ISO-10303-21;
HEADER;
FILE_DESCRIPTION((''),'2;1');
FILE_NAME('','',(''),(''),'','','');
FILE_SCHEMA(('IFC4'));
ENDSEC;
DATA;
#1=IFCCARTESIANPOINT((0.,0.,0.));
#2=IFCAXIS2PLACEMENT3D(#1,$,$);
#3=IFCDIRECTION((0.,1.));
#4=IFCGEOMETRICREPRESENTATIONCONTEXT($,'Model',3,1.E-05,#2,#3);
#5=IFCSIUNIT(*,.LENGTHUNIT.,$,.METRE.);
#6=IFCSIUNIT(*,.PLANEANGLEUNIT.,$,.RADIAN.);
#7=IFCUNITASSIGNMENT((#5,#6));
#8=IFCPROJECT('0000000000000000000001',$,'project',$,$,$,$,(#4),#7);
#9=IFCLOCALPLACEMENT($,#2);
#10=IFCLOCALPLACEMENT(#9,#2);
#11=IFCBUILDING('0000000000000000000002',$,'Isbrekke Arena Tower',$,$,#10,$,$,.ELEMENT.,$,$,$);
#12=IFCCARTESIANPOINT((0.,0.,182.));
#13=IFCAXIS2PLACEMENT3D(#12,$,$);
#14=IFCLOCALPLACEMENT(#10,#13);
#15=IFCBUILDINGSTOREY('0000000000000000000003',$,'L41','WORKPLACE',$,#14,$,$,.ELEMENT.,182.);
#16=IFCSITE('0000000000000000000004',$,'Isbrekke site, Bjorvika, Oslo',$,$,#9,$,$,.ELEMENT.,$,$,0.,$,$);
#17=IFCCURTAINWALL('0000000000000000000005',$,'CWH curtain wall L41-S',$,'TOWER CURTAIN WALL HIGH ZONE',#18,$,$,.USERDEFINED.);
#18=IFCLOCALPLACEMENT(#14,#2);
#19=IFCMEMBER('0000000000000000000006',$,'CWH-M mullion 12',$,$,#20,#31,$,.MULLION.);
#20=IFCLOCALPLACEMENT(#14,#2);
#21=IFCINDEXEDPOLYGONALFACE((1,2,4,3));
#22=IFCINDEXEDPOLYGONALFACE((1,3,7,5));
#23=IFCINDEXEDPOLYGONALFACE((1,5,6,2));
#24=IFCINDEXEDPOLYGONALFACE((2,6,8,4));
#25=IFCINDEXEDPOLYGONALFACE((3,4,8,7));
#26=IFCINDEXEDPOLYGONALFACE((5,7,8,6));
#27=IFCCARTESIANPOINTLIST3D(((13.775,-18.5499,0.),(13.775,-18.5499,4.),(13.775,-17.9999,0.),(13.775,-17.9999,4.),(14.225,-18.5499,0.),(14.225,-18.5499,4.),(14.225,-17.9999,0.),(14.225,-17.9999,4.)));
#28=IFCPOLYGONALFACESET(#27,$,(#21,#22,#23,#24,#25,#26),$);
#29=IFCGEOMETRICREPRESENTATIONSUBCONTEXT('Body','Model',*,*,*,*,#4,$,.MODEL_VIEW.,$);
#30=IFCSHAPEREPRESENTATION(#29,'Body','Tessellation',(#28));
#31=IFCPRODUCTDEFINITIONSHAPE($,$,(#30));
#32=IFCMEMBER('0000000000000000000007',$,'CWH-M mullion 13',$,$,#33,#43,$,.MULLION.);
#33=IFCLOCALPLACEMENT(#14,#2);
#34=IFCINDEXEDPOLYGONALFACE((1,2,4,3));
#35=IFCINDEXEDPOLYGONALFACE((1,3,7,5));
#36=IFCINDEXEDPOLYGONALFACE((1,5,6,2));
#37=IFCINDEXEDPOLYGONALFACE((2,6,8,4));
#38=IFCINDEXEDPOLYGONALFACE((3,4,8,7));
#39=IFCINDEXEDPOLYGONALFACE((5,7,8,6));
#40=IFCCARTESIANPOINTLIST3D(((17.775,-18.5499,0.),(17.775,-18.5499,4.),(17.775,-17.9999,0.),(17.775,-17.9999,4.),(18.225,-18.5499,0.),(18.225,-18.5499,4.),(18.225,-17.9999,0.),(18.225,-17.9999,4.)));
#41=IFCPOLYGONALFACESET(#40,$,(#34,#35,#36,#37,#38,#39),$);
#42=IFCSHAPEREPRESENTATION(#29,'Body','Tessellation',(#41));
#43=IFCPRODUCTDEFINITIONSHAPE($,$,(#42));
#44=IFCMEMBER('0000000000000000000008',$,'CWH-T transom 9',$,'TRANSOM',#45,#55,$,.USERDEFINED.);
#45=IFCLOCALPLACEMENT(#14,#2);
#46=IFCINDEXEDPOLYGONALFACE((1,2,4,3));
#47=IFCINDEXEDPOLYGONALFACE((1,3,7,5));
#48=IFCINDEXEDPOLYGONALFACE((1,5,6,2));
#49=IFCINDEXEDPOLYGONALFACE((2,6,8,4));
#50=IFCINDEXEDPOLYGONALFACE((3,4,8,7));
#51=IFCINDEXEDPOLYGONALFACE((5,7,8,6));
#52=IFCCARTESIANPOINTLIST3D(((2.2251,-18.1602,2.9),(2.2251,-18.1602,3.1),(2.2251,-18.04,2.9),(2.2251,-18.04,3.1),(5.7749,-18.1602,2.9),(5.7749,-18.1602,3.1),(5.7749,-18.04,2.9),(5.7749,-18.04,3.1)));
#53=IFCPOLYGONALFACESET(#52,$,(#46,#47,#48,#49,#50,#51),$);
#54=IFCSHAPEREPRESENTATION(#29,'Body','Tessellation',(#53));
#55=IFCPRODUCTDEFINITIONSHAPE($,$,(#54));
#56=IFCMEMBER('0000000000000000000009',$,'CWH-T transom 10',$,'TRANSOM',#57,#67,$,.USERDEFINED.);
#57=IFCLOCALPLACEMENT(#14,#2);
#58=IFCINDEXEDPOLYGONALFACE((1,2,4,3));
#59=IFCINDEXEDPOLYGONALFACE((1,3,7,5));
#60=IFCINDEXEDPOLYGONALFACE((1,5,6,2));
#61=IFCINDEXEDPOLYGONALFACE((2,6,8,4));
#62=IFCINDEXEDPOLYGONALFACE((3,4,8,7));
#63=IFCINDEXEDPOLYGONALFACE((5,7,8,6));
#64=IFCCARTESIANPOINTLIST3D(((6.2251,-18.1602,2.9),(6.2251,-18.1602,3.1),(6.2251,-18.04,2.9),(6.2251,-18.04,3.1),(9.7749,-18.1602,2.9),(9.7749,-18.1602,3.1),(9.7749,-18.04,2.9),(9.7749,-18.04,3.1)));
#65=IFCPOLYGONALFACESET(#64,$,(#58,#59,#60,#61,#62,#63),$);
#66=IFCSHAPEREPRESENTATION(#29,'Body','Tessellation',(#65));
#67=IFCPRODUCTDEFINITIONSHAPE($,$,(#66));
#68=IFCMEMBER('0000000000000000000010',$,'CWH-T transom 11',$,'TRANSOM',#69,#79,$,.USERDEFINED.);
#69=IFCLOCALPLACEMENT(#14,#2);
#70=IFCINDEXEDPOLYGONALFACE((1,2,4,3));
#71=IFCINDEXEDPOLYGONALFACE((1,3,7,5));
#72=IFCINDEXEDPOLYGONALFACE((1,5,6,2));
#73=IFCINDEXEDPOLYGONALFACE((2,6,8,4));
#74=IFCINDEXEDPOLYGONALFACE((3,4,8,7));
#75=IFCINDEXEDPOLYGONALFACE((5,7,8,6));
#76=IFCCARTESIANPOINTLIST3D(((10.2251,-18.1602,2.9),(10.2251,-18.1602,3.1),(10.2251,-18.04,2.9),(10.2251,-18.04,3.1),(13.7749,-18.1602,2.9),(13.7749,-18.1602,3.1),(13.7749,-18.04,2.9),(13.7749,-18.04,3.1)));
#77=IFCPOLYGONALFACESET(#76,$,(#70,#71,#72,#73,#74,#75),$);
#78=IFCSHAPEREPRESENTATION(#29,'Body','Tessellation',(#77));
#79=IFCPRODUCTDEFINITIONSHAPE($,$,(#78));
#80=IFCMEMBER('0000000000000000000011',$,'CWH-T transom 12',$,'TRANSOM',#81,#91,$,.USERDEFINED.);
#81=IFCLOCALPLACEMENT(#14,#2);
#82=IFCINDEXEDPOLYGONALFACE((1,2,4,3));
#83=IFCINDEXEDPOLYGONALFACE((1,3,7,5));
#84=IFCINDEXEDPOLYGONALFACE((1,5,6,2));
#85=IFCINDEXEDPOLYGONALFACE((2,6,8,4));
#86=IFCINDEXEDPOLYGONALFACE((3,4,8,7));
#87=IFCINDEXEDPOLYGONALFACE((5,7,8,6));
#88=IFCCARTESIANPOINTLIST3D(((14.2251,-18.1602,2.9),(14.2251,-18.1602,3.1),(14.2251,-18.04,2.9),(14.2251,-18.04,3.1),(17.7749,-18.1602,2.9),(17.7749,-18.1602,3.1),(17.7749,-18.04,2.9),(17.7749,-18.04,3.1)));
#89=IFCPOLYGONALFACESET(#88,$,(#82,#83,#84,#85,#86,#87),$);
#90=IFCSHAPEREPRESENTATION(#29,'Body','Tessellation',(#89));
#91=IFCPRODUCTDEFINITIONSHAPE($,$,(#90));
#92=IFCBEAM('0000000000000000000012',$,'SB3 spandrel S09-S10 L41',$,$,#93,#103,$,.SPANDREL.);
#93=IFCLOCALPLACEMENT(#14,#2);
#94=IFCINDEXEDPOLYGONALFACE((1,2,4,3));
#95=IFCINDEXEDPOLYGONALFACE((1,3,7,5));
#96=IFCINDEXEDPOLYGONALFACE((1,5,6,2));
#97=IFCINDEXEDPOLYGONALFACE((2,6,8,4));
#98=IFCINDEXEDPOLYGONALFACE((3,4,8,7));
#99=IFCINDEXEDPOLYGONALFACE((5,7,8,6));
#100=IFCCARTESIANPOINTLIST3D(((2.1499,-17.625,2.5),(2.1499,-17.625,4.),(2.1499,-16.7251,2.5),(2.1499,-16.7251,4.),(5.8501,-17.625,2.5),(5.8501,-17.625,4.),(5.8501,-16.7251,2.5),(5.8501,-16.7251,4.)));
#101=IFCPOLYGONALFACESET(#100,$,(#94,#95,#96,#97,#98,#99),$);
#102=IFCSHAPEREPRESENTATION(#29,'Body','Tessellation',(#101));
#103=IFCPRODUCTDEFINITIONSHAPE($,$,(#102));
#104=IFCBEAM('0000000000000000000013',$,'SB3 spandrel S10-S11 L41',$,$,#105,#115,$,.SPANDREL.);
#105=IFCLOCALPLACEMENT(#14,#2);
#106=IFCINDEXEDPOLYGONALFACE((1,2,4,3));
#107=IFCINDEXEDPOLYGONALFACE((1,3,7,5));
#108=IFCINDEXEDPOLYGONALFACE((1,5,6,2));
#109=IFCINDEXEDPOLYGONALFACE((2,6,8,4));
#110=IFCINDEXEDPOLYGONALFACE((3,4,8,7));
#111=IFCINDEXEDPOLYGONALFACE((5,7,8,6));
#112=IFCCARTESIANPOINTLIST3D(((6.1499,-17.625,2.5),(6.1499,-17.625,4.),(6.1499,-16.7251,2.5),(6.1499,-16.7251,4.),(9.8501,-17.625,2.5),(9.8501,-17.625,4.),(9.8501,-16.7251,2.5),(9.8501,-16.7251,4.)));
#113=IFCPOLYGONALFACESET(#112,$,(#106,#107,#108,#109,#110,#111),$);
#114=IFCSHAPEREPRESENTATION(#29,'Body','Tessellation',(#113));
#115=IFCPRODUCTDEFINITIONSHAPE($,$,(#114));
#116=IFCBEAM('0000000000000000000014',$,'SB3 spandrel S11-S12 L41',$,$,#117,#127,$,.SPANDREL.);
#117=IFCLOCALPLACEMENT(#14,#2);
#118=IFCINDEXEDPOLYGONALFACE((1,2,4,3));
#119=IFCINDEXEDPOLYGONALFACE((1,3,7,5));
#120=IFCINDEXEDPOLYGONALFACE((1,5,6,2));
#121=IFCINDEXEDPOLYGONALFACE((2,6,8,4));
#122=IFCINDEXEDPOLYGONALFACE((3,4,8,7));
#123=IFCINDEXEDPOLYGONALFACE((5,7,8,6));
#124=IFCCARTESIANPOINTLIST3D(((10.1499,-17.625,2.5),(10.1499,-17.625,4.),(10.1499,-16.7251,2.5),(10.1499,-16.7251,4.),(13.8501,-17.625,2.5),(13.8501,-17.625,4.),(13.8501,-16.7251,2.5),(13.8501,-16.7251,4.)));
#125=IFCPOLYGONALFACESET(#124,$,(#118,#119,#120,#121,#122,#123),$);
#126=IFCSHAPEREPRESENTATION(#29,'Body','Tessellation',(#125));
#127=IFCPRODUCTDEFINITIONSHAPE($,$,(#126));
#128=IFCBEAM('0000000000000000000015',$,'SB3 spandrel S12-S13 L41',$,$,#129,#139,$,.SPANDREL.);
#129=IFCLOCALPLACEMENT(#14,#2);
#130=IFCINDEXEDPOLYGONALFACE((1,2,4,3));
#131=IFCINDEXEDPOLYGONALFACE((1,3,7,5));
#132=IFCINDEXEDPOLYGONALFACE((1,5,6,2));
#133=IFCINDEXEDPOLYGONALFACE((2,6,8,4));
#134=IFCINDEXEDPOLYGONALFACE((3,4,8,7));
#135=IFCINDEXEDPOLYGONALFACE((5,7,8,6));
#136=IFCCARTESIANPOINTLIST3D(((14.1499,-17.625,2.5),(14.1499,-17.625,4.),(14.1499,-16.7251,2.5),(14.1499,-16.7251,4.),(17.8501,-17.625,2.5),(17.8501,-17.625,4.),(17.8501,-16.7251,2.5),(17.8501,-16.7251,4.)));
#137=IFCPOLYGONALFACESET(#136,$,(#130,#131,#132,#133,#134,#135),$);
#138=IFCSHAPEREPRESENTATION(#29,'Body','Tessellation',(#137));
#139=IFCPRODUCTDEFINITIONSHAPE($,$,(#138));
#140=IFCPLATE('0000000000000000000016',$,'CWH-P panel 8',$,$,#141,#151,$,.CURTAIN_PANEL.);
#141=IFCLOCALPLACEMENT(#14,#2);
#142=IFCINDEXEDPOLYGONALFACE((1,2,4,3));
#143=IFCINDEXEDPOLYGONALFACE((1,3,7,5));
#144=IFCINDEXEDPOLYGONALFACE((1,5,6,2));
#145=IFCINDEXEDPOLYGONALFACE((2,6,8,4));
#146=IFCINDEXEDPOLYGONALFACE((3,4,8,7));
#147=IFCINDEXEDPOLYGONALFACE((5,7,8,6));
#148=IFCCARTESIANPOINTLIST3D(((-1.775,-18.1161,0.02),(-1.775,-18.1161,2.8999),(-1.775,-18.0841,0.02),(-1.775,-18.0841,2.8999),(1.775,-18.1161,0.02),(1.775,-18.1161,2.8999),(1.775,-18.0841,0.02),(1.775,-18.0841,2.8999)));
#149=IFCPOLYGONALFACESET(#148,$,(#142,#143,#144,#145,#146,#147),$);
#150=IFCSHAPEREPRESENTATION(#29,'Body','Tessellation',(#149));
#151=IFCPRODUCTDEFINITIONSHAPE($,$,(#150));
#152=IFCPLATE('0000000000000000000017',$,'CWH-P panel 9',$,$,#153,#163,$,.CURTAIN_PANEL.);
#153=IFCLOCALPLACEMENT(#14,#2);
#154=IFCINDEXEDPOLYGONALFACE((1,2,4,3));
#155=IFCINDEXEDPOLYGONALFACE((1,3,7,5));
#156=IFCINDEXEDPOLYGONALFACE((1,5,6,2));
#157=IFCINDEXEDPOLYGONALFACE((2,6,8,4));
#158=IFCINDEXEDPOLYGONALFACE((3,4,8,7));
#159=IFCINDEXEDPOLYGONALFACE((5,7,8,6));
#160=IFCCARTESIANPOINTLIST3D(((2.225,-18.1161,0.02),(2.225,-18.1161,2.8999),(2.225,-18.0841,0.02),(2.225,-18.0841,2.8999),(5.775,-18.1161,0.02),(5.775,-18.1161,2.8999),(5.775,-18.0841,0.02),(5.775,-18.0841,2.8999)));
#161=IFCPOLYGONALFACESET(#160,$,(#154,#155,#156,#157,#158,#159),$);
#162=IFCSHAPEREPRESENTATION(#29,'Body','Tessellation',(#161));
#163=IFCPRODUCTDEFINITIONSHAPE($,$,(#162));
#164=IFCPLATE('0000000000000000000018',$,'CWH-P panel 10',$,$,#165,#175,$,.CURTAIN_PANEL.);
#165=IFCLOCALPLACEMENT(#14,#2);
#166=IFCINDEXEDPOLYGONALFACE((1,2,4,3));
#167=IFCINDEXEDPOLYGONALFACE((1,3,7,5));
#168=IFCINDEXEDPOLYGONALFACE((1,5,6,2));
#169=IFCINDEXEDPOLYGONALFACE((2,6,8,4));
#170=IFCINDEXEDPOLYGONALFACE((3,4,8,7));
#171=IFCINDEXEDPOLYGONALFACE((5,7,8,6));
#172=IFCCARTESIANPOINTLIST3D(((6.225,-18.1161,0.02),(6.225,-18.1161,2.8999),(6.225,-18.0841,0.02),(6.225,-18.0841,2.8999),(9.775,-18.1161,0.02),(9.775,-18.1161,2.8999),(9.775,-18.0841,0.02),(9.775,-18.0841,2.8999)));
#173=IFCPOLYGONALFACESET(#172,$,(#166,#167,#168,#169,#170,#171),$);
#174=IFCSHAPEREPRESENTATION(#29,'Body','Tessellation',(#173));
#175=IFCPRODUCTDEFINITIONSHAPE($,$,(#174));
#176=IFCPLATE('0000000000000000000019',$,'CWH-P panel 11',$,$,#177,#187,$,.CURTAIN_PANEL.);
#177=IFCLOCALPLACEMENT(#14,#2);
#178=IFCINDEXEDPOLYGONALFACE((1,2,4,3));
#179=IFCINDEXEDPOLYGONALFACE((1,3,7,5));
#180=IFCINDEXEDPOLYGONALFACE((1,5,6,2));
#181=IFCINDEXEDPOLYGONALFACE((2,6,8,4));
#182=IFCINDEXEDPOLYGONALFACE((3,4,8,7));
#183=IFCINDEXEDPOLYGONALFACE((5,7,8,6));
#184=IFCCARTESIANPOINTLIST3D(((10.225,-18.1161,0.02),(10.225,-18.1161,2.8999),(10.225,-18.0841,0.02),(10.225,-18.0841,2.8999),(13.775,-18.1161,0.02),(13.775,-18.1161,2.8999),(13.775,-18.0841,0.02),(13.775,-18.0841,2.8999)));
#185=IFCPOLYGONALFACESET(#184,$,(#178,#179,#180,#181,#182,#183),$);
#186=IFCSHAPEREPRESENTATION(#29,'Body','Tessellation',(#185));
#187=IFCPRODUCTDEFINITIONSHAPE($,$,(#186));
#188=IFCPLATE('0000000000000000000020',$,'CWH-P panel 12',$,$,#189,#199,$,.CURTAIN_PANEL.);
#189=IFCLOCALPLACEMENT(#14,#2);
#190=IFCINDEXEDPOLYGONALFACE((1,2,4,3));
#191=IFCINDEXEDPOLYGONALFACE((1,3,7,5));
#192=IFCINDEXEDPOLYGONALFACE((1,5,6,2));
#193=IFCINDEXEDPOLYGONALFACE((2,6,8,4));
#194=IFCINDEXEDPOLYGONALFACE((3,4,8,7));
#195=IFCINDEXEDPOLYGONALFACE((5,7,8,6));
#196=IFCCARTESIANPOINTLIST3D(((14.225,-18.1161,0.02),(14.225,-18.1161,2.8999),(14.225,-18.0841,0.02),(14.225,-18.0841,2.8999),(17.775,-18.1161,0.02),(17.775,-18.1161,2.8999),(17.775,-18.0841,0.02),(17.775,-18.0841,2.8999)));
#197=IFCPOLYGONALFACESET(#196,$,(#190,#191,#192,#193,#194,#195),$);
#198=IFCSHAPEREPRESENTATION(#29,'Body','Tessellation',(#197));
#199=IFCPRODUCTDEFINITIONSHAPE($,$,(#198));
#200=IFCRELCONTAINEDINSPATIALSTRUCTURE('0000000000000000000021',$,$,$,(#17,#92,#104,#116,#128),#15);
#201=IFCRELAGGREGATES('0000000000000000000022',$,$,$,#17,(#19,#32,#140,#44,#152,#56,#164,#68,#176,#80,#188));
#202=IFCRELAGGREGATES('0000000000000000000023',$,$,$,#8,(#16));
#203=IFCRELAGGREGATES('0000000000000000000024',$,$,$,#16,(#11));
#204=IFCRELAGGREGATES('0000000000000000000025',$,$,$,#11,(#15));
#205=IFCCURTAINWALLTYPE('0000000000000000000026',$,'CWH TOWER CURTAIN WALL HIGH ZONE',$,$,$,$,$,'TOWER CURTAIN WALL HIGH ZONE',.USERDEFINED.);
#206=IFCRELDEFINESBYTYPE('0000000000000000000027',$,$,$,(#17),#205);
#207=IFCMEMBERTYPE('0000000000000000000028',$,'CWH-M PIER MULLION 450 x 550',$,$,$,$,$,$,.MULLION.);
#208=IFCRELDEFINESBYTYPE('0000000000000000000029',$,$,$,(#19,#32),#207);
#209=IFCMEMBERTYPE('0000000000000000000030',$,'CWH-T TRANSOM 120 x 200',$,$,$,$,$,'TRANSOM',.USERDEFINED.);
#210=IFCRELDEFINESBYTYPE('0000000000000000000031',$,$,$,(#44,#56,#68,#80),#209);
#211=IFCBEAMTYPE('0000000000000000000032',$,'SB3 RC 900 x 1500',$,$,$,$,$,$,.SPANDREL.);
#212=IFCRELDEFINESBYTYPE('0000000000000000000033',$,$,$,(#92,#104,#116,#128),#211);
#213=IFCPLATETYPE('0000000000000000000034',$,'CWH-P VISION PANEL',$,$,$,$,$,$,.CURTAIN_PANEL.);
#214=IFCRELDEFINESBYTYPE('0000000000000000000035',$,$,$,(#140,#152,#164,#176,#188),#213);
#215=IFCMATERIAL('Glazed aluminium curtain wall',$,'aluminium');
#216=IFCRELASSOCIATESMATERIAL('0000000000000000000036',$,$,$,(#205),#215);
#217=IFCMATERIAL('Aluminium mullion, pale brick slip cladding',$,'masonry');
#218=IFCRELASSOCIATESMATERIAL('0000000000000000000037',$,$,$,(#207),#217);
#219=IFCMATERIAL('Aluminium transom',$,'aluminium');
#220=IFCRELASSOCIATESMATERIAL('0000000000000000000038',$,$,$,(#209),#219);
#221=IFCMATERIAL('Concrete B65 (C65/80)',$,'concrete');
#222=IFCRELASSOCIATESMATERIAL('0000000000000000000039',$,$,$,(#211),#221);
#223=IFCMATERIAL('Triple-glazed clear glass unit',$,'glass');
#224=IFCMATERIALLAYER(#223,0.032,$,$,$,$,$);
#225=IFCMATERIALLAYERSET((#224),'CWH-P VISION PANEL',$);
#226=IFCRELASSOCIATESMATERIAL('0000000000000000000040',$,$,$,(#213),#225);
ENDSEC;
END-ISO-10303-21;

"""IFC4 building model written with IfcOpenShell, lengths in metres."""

from ifc_helpers import new_model, si_unit, direction, frame, origin, origin_2d, place, context, subcontext, project, spatial, rectangle, extrude, material, layer, layer_set, material_profile, profile_set, type_object, element, aggregate, save


model = new_model("IFC4")

# Units and contexts
model_context = context("Model", 3, precision=1e-05, world=origin(), true_north=direction((0.0, 1.0)))
body_context = subcontext(model_context, "Body", "Model", "MODEL_VIEW")
ifc_project = project(units=[si_unit("LENGTHUNIT", "METRE"), si_unit("PLANEANGLEUNIT", "RADIAN")], contexts=[model_context])

# Site, building, storey
site_placement = place(None, origin())
site = spatial("IfcSite", under=ifc_project, at=site_placement, Name="Isbrekke site, Bjorvika, Oslo", CompositionType="ELEMENT", RefElevation=0.0)
building_placement = place(site_placement, origin())
building = spatial("IfcBuilding", under=site, at=building_placement, Name="Isbrekke Arena Tower", CompositionType="ELEMENT")
storey_placement = place(building_placement, frame((0.0, 0.0, 182.0)))
storey = spatial("IfcBuildingStorey", under=building, at=storey_placement, Name="L41", Description="WORKPLACE", CompositionType="ELEMENT", Elevation=182.0)

# Curtain wall, members
ifc_material_1 = material(Name="Glazed aluminium curtain wall", Category="aluminium")
curtain_wall_type = type_object("IfcCurtainWallType", Name="CWH TOWER CURTAIN WALL HIGH ZONE", ElementType="TOWER CURTAIN WALL HIGH ZONE", PredefinedType="USERDEFINED", material=ifc_material_1)
curtain_wall_placement = place(storey_placement, origin())
curtain_wall = element("IfcCurtainWall", 1, at=curtain_wall_placement, inside=storey, type_object=curtain_wall_type, Name="CWH curtain wall L41-S", ObjectType="TOWER CURTAIN WALL HIGH ZONE", PredefinedType="USERDEFINED")
ifc_material_2 = material(Name="Aluminium mullion, pale brick slip cladding", Category="masonry")
ifc_material_profile_1 = material_profile(ifc_material_2, rectangle(XDim=0.45, YDim=0.55, at=origin_2d()), Name="PIER 450X550")
ifc_profile_set_1 = profile_set([ifc_material_profile_1], Name="Aluminium mullion, pale brick slip cladding")
member_type_1 = type_object("IfcMemberType", Name="CWH-M PIER MULLION 450 x 550", PredefinedType="MULLION", material=ifc_profile_set_1)
member_1_placement = place(storey_placement, frame((14.0, -18.2749, 0.0), z_axis=(0.0, 0.0, 1.0), x_axis=(1.0, 0.0, 0.0)))
member_1 = element("IfcMember", 2, at=member_1_placement, type_object=member_type_1, Name="CWH-M mullion 12", PredefinedType="MULLION", context=body_context, shape_type="SweptSolid", body=[
    extrude(rectangle(XDim=0.45, YDim=0.55, at=origin_2d()), origin(), (0.0, 0.0, 1.0), 4.0),
])
member_2_placement = place(storey_placement, frame((18.0, -18.2749, 0.0), z_axis=(0.0, 0.0, 1.0), x_axis=(1.0, 0.0, 0.0)))
member_2 = element("IfcMember", 3, at=member_2_placement, type_object=member_type_1, Name="CWH-M mullion 13", PredefinedType="MULLION", context=body_context, shape_type="SweptSolid", body=[
    extrude(rectangle(XDim=0.45, YDim=0.55, at=origin_2d()), origin(), (0.0, 0.0, 1.0), 4.0),
])
ifc_material_3 = material(Name="Aluminium transom", Category="aluminium")
ifc_material_profile_2 = material_profile(ifc_material_3, rectangle(XDim=0.1201, YDim=0.2, at=origin_2d()), Name="TRANSOM 120X200")
ifc_profile_set_2 = profile_set([ifc_material_profile_2], Name="Aluminium transom")
member_type_2 = type_object("IfcMemberType", Name="CWH-T TRANSOM 120 x 200", ElementType="TRANSOM", PredefinedType="USERDEFINED", material=ifc_profile_set_2)
member_3_placement = place(storey_placement, frame((2.2251, -18.1001, 3.0), z_axis=(1.0, 0.0, 0.0), x_axis=(0.0, 1.0, 0.0)))
member_3 = element("IfcMember", 4, at=member_3_placement, type_object=member_type_2, Name="CWH-T transom 9", ObjectType="TRANSOM", PredefinedType="USERDEFINED", context=body_context, shape_type="SweptSolid", body=[
    extrude(rectangle(XDim=0.1201, YDim=0.2, at=origin_2d()), origin(), (0.0, 0.0, 1.0), 3.5498),
])
member_4_placement = place(storey_placement, frame((6.2251, -18.1001, 3.0), z_axis=(1.0, 0.0, 0.0), x_axis=(0.0, 1.0, 0.0)))
member_4 = element("IfcMember", 5, at=member_4_placement, type_object=member_type_2, Name="CWH-T transom 10", ObjectType="TRANSOM", PredefinedType="USERDEFINED", context=body_context, shape_type="SweptSolid", body=[
    extrude(rectangle(XDim=0.1201, YDim=0.2, at=origin_2d()), origin(), (0.0, 0.0, 1.0), 3.5498),
])
member_5_placement = place(storey_placement, frame((10.2251, -18.1001, 3.0), z_axis=(1.0, 0.0, 0.0), x_axis=(0.0, 1.0, 0.0)))
member_5 = element("IfcMember", 6, at=member_5_placement, type_object=member_type_2, Name="CWH-T transom 11", ObjectType="TRANSOM", PredefinedType="USERDEFINED", context=body_context, shape_type="SweptSolid", body=[
    extrude(rectangle(XDim=0.1201, YDim=0.2, at=origin_2d()), origin(), (0.0, 0.0, 1.0), 3.5498),
])
member_6_placement = place(storey_placement, frame((14.2251, -18.1001, 3.0), z_axis=(1.0, 0.0, 0.0), x_axis=(0.0, 1.0, 0.0)))
member_6 = element("IfcMember", 7, at=member_6_placement, type_object=member_type_2, Name="CWH-T transom 12", ObjectType="TRANSOM", PredefinedType="USERDEFINED", context=body_context, shape_type="SweptSolid", body=[
    extrude(rectangle(XDim=0.1201, YDim=0.2, at=origin_2d()), origin(), (0.0, 0.0, 1.0), 3.5498),
])

# Beams
ifc_material_4 = material(Name="Concrete B65 (C65/80)", Category="concrete")
ifc_material_profile_3 = material_profile(ifc_material_4, rectangle(XDim=0.8999, YDim=1.5, at=origin_2d()), Name="RC 900x1500")
ifc_profile_set_3 = profile_set([ifc_material_profile_3], Name="Concrete B65 (C65/80)")
beam_type_1 = type_object("IfcBeamType", Name="SB3 RC 900 x 1500", PredefinedType="SPANDREL", material=ifc_profile_set_3)
for number, where, z_axis, x_axis, name in (
    (8, (2.1499, -17.175, 3.25), (1.0, 0.0, 0.0), (0.0, 1.0, 0.0), "SB3 spandrel S09-S10 L41"),
    (9, (6.1499, -17.175, 3.25), (1.0, 0.0, 0.0), (0.0, 1.0, 0.0), "SB3 spandrel S10-S11 L41"),
    (10, (10.1499, -17.175, 3.25), (1.0, 0.0, 0.0), (0.0, 1.0, 0.0), "SB3 spandrel S11-S12 L41"),
    (11, (14.1499, -17.175, 3.25), (1.0, 0.0, 0.0), (0.0, 1.0, 0.0), "SB3 spandrel S12-S13 L41"),
):
    element("IfcBeam", number, at=place(storey_placement, frame(where, z_axis=z_axis, x_axis=x_axis)), inside=storey, type_object=beam_type_1, Name=name, PredefinedType="SPANDREL", context=body_context, shape_type="SweptSolid", body=[
        extrude(rectangle(XDim=0.8999, YDim=1.5, at=origin_2d()), origin(), (0.0, 0.0, 1.0), 3.7002),
    ])

# Plates
ifc_material_5 = material(Name="Triple-glazed clear glass unit", Category="glass")
ifc_layer = layer(ifc_material_5, 0.032)
ifc_layer_set = layer_set([ifc_layer], Name="CWH-P VISION PANEL")
plate_type = type_object("IfcPlateType", Name="CWH-P VISION PANEL", PredefinedType="CURTAIN_PANEL", material=ifc_layer_set)
plate_1_placement = place(storey_placement, frame((0.0, -18.1001, 0.02), z_axis=(0.0, 0.0, 1.0), x_axis=(1.0, 0.0, 0.0)))
plate_1 = element("IfcPlate", 12, at=plate_1_placement, type_object=plate_type, Name="CWH-P panel 8", PredefinedType="CURTAIN_PANEL", context=body_context, shape_type="SweptSolid", body=[
    extrude(rectangle(XDim=3.55, YDim=0.032, at=origin_2d()), origin(), (0.0, 0.0, 1.0), 2.8799),
])
plate_2_placement = place(storey_placement, frame((4.0, -18.1001, 0.02), z_axis=(0.0, 0.0, 1.0), x_axis=(1.0, 0.0, 0.0)))
plate_2 = element("IfcPlate", 13, at=plate_2_placement, type_object=plate_type, Name="CWH-P panel 9", PredefinedType="CURTAIN_PANEL", context=body_context, shape_type="SweptSolid", body=[
    extrude(rectangle(XDim=3.55, YDim=0.032, at=origin_2d()), origin(), (0.0, 0.0, 1.0), 2.8799),
])
plate_3_placement = place(storey_placement, frame((8.0, -18.1001, 0.02), z_axis=(0.0, 0.0, 1.0), x_axis=(1.0, 0.0, 0.0)))
plate_3 = element("IfcPlate", 14, at=plate_3_placement, type_object=plate_type, Name="CWH-P panel 10", PredefinedType="CURTAIN_PANEL", context=body_context, shape_type="SweptSolid", body=[
    extrude(rectangle(XDim=3.55, YDim=0.032, at=origin_2d()), origin(), (0.0, 0.0, 1.0), 2.8799),
])
plate_4_placement = place(storey_placement, frame((12.0, -18.1001, 0.02), z_axis=(0.0, 0.0, 1.0), x_axis=(1.0, 0.0, 0.0)))
plate_4 = element("IfcPlate", 15, at=plate_4_placement, type_object=plate_type, Name="CWH-P panel 11", PredefinedType="CURTAIN_PANEL", context=body_context, shape_type="SweptSolid", body=[
    extrude(rectangle(XDim=3.55, YDim=0.032, at=origin_2d()), origin(), (0.0, 0.0, 1.0), 2.8799),
])
plate_5_placement = place(storey_placement, frame((16.0, -18.1001, 0.02), z_axis=(0.0, 0.0, 1.0), x_axis=(1.0, 0.0, 0.0)))
plate_5 = element("IfcPlate", 16, at=plate_5_placement, type_object=plate_type, Name="CWH-P panel 12", PredefinedType="CURTAIN_PANEL", context=body_context, shape_type="SweptSolid", body=[
    extrude(rectangle(XDim=3.55, YDim=0.032, at=origin_2d()), origin(), (0.0, 0.0, 1.0), 2.8799),
])
aggregate(curtain_wall, [member_1, member_2, plate_1, member_3, plate_2, member_4, plate_3, member_5, plate_4, member_6, plate_5])

save(model, "model.ifc")
